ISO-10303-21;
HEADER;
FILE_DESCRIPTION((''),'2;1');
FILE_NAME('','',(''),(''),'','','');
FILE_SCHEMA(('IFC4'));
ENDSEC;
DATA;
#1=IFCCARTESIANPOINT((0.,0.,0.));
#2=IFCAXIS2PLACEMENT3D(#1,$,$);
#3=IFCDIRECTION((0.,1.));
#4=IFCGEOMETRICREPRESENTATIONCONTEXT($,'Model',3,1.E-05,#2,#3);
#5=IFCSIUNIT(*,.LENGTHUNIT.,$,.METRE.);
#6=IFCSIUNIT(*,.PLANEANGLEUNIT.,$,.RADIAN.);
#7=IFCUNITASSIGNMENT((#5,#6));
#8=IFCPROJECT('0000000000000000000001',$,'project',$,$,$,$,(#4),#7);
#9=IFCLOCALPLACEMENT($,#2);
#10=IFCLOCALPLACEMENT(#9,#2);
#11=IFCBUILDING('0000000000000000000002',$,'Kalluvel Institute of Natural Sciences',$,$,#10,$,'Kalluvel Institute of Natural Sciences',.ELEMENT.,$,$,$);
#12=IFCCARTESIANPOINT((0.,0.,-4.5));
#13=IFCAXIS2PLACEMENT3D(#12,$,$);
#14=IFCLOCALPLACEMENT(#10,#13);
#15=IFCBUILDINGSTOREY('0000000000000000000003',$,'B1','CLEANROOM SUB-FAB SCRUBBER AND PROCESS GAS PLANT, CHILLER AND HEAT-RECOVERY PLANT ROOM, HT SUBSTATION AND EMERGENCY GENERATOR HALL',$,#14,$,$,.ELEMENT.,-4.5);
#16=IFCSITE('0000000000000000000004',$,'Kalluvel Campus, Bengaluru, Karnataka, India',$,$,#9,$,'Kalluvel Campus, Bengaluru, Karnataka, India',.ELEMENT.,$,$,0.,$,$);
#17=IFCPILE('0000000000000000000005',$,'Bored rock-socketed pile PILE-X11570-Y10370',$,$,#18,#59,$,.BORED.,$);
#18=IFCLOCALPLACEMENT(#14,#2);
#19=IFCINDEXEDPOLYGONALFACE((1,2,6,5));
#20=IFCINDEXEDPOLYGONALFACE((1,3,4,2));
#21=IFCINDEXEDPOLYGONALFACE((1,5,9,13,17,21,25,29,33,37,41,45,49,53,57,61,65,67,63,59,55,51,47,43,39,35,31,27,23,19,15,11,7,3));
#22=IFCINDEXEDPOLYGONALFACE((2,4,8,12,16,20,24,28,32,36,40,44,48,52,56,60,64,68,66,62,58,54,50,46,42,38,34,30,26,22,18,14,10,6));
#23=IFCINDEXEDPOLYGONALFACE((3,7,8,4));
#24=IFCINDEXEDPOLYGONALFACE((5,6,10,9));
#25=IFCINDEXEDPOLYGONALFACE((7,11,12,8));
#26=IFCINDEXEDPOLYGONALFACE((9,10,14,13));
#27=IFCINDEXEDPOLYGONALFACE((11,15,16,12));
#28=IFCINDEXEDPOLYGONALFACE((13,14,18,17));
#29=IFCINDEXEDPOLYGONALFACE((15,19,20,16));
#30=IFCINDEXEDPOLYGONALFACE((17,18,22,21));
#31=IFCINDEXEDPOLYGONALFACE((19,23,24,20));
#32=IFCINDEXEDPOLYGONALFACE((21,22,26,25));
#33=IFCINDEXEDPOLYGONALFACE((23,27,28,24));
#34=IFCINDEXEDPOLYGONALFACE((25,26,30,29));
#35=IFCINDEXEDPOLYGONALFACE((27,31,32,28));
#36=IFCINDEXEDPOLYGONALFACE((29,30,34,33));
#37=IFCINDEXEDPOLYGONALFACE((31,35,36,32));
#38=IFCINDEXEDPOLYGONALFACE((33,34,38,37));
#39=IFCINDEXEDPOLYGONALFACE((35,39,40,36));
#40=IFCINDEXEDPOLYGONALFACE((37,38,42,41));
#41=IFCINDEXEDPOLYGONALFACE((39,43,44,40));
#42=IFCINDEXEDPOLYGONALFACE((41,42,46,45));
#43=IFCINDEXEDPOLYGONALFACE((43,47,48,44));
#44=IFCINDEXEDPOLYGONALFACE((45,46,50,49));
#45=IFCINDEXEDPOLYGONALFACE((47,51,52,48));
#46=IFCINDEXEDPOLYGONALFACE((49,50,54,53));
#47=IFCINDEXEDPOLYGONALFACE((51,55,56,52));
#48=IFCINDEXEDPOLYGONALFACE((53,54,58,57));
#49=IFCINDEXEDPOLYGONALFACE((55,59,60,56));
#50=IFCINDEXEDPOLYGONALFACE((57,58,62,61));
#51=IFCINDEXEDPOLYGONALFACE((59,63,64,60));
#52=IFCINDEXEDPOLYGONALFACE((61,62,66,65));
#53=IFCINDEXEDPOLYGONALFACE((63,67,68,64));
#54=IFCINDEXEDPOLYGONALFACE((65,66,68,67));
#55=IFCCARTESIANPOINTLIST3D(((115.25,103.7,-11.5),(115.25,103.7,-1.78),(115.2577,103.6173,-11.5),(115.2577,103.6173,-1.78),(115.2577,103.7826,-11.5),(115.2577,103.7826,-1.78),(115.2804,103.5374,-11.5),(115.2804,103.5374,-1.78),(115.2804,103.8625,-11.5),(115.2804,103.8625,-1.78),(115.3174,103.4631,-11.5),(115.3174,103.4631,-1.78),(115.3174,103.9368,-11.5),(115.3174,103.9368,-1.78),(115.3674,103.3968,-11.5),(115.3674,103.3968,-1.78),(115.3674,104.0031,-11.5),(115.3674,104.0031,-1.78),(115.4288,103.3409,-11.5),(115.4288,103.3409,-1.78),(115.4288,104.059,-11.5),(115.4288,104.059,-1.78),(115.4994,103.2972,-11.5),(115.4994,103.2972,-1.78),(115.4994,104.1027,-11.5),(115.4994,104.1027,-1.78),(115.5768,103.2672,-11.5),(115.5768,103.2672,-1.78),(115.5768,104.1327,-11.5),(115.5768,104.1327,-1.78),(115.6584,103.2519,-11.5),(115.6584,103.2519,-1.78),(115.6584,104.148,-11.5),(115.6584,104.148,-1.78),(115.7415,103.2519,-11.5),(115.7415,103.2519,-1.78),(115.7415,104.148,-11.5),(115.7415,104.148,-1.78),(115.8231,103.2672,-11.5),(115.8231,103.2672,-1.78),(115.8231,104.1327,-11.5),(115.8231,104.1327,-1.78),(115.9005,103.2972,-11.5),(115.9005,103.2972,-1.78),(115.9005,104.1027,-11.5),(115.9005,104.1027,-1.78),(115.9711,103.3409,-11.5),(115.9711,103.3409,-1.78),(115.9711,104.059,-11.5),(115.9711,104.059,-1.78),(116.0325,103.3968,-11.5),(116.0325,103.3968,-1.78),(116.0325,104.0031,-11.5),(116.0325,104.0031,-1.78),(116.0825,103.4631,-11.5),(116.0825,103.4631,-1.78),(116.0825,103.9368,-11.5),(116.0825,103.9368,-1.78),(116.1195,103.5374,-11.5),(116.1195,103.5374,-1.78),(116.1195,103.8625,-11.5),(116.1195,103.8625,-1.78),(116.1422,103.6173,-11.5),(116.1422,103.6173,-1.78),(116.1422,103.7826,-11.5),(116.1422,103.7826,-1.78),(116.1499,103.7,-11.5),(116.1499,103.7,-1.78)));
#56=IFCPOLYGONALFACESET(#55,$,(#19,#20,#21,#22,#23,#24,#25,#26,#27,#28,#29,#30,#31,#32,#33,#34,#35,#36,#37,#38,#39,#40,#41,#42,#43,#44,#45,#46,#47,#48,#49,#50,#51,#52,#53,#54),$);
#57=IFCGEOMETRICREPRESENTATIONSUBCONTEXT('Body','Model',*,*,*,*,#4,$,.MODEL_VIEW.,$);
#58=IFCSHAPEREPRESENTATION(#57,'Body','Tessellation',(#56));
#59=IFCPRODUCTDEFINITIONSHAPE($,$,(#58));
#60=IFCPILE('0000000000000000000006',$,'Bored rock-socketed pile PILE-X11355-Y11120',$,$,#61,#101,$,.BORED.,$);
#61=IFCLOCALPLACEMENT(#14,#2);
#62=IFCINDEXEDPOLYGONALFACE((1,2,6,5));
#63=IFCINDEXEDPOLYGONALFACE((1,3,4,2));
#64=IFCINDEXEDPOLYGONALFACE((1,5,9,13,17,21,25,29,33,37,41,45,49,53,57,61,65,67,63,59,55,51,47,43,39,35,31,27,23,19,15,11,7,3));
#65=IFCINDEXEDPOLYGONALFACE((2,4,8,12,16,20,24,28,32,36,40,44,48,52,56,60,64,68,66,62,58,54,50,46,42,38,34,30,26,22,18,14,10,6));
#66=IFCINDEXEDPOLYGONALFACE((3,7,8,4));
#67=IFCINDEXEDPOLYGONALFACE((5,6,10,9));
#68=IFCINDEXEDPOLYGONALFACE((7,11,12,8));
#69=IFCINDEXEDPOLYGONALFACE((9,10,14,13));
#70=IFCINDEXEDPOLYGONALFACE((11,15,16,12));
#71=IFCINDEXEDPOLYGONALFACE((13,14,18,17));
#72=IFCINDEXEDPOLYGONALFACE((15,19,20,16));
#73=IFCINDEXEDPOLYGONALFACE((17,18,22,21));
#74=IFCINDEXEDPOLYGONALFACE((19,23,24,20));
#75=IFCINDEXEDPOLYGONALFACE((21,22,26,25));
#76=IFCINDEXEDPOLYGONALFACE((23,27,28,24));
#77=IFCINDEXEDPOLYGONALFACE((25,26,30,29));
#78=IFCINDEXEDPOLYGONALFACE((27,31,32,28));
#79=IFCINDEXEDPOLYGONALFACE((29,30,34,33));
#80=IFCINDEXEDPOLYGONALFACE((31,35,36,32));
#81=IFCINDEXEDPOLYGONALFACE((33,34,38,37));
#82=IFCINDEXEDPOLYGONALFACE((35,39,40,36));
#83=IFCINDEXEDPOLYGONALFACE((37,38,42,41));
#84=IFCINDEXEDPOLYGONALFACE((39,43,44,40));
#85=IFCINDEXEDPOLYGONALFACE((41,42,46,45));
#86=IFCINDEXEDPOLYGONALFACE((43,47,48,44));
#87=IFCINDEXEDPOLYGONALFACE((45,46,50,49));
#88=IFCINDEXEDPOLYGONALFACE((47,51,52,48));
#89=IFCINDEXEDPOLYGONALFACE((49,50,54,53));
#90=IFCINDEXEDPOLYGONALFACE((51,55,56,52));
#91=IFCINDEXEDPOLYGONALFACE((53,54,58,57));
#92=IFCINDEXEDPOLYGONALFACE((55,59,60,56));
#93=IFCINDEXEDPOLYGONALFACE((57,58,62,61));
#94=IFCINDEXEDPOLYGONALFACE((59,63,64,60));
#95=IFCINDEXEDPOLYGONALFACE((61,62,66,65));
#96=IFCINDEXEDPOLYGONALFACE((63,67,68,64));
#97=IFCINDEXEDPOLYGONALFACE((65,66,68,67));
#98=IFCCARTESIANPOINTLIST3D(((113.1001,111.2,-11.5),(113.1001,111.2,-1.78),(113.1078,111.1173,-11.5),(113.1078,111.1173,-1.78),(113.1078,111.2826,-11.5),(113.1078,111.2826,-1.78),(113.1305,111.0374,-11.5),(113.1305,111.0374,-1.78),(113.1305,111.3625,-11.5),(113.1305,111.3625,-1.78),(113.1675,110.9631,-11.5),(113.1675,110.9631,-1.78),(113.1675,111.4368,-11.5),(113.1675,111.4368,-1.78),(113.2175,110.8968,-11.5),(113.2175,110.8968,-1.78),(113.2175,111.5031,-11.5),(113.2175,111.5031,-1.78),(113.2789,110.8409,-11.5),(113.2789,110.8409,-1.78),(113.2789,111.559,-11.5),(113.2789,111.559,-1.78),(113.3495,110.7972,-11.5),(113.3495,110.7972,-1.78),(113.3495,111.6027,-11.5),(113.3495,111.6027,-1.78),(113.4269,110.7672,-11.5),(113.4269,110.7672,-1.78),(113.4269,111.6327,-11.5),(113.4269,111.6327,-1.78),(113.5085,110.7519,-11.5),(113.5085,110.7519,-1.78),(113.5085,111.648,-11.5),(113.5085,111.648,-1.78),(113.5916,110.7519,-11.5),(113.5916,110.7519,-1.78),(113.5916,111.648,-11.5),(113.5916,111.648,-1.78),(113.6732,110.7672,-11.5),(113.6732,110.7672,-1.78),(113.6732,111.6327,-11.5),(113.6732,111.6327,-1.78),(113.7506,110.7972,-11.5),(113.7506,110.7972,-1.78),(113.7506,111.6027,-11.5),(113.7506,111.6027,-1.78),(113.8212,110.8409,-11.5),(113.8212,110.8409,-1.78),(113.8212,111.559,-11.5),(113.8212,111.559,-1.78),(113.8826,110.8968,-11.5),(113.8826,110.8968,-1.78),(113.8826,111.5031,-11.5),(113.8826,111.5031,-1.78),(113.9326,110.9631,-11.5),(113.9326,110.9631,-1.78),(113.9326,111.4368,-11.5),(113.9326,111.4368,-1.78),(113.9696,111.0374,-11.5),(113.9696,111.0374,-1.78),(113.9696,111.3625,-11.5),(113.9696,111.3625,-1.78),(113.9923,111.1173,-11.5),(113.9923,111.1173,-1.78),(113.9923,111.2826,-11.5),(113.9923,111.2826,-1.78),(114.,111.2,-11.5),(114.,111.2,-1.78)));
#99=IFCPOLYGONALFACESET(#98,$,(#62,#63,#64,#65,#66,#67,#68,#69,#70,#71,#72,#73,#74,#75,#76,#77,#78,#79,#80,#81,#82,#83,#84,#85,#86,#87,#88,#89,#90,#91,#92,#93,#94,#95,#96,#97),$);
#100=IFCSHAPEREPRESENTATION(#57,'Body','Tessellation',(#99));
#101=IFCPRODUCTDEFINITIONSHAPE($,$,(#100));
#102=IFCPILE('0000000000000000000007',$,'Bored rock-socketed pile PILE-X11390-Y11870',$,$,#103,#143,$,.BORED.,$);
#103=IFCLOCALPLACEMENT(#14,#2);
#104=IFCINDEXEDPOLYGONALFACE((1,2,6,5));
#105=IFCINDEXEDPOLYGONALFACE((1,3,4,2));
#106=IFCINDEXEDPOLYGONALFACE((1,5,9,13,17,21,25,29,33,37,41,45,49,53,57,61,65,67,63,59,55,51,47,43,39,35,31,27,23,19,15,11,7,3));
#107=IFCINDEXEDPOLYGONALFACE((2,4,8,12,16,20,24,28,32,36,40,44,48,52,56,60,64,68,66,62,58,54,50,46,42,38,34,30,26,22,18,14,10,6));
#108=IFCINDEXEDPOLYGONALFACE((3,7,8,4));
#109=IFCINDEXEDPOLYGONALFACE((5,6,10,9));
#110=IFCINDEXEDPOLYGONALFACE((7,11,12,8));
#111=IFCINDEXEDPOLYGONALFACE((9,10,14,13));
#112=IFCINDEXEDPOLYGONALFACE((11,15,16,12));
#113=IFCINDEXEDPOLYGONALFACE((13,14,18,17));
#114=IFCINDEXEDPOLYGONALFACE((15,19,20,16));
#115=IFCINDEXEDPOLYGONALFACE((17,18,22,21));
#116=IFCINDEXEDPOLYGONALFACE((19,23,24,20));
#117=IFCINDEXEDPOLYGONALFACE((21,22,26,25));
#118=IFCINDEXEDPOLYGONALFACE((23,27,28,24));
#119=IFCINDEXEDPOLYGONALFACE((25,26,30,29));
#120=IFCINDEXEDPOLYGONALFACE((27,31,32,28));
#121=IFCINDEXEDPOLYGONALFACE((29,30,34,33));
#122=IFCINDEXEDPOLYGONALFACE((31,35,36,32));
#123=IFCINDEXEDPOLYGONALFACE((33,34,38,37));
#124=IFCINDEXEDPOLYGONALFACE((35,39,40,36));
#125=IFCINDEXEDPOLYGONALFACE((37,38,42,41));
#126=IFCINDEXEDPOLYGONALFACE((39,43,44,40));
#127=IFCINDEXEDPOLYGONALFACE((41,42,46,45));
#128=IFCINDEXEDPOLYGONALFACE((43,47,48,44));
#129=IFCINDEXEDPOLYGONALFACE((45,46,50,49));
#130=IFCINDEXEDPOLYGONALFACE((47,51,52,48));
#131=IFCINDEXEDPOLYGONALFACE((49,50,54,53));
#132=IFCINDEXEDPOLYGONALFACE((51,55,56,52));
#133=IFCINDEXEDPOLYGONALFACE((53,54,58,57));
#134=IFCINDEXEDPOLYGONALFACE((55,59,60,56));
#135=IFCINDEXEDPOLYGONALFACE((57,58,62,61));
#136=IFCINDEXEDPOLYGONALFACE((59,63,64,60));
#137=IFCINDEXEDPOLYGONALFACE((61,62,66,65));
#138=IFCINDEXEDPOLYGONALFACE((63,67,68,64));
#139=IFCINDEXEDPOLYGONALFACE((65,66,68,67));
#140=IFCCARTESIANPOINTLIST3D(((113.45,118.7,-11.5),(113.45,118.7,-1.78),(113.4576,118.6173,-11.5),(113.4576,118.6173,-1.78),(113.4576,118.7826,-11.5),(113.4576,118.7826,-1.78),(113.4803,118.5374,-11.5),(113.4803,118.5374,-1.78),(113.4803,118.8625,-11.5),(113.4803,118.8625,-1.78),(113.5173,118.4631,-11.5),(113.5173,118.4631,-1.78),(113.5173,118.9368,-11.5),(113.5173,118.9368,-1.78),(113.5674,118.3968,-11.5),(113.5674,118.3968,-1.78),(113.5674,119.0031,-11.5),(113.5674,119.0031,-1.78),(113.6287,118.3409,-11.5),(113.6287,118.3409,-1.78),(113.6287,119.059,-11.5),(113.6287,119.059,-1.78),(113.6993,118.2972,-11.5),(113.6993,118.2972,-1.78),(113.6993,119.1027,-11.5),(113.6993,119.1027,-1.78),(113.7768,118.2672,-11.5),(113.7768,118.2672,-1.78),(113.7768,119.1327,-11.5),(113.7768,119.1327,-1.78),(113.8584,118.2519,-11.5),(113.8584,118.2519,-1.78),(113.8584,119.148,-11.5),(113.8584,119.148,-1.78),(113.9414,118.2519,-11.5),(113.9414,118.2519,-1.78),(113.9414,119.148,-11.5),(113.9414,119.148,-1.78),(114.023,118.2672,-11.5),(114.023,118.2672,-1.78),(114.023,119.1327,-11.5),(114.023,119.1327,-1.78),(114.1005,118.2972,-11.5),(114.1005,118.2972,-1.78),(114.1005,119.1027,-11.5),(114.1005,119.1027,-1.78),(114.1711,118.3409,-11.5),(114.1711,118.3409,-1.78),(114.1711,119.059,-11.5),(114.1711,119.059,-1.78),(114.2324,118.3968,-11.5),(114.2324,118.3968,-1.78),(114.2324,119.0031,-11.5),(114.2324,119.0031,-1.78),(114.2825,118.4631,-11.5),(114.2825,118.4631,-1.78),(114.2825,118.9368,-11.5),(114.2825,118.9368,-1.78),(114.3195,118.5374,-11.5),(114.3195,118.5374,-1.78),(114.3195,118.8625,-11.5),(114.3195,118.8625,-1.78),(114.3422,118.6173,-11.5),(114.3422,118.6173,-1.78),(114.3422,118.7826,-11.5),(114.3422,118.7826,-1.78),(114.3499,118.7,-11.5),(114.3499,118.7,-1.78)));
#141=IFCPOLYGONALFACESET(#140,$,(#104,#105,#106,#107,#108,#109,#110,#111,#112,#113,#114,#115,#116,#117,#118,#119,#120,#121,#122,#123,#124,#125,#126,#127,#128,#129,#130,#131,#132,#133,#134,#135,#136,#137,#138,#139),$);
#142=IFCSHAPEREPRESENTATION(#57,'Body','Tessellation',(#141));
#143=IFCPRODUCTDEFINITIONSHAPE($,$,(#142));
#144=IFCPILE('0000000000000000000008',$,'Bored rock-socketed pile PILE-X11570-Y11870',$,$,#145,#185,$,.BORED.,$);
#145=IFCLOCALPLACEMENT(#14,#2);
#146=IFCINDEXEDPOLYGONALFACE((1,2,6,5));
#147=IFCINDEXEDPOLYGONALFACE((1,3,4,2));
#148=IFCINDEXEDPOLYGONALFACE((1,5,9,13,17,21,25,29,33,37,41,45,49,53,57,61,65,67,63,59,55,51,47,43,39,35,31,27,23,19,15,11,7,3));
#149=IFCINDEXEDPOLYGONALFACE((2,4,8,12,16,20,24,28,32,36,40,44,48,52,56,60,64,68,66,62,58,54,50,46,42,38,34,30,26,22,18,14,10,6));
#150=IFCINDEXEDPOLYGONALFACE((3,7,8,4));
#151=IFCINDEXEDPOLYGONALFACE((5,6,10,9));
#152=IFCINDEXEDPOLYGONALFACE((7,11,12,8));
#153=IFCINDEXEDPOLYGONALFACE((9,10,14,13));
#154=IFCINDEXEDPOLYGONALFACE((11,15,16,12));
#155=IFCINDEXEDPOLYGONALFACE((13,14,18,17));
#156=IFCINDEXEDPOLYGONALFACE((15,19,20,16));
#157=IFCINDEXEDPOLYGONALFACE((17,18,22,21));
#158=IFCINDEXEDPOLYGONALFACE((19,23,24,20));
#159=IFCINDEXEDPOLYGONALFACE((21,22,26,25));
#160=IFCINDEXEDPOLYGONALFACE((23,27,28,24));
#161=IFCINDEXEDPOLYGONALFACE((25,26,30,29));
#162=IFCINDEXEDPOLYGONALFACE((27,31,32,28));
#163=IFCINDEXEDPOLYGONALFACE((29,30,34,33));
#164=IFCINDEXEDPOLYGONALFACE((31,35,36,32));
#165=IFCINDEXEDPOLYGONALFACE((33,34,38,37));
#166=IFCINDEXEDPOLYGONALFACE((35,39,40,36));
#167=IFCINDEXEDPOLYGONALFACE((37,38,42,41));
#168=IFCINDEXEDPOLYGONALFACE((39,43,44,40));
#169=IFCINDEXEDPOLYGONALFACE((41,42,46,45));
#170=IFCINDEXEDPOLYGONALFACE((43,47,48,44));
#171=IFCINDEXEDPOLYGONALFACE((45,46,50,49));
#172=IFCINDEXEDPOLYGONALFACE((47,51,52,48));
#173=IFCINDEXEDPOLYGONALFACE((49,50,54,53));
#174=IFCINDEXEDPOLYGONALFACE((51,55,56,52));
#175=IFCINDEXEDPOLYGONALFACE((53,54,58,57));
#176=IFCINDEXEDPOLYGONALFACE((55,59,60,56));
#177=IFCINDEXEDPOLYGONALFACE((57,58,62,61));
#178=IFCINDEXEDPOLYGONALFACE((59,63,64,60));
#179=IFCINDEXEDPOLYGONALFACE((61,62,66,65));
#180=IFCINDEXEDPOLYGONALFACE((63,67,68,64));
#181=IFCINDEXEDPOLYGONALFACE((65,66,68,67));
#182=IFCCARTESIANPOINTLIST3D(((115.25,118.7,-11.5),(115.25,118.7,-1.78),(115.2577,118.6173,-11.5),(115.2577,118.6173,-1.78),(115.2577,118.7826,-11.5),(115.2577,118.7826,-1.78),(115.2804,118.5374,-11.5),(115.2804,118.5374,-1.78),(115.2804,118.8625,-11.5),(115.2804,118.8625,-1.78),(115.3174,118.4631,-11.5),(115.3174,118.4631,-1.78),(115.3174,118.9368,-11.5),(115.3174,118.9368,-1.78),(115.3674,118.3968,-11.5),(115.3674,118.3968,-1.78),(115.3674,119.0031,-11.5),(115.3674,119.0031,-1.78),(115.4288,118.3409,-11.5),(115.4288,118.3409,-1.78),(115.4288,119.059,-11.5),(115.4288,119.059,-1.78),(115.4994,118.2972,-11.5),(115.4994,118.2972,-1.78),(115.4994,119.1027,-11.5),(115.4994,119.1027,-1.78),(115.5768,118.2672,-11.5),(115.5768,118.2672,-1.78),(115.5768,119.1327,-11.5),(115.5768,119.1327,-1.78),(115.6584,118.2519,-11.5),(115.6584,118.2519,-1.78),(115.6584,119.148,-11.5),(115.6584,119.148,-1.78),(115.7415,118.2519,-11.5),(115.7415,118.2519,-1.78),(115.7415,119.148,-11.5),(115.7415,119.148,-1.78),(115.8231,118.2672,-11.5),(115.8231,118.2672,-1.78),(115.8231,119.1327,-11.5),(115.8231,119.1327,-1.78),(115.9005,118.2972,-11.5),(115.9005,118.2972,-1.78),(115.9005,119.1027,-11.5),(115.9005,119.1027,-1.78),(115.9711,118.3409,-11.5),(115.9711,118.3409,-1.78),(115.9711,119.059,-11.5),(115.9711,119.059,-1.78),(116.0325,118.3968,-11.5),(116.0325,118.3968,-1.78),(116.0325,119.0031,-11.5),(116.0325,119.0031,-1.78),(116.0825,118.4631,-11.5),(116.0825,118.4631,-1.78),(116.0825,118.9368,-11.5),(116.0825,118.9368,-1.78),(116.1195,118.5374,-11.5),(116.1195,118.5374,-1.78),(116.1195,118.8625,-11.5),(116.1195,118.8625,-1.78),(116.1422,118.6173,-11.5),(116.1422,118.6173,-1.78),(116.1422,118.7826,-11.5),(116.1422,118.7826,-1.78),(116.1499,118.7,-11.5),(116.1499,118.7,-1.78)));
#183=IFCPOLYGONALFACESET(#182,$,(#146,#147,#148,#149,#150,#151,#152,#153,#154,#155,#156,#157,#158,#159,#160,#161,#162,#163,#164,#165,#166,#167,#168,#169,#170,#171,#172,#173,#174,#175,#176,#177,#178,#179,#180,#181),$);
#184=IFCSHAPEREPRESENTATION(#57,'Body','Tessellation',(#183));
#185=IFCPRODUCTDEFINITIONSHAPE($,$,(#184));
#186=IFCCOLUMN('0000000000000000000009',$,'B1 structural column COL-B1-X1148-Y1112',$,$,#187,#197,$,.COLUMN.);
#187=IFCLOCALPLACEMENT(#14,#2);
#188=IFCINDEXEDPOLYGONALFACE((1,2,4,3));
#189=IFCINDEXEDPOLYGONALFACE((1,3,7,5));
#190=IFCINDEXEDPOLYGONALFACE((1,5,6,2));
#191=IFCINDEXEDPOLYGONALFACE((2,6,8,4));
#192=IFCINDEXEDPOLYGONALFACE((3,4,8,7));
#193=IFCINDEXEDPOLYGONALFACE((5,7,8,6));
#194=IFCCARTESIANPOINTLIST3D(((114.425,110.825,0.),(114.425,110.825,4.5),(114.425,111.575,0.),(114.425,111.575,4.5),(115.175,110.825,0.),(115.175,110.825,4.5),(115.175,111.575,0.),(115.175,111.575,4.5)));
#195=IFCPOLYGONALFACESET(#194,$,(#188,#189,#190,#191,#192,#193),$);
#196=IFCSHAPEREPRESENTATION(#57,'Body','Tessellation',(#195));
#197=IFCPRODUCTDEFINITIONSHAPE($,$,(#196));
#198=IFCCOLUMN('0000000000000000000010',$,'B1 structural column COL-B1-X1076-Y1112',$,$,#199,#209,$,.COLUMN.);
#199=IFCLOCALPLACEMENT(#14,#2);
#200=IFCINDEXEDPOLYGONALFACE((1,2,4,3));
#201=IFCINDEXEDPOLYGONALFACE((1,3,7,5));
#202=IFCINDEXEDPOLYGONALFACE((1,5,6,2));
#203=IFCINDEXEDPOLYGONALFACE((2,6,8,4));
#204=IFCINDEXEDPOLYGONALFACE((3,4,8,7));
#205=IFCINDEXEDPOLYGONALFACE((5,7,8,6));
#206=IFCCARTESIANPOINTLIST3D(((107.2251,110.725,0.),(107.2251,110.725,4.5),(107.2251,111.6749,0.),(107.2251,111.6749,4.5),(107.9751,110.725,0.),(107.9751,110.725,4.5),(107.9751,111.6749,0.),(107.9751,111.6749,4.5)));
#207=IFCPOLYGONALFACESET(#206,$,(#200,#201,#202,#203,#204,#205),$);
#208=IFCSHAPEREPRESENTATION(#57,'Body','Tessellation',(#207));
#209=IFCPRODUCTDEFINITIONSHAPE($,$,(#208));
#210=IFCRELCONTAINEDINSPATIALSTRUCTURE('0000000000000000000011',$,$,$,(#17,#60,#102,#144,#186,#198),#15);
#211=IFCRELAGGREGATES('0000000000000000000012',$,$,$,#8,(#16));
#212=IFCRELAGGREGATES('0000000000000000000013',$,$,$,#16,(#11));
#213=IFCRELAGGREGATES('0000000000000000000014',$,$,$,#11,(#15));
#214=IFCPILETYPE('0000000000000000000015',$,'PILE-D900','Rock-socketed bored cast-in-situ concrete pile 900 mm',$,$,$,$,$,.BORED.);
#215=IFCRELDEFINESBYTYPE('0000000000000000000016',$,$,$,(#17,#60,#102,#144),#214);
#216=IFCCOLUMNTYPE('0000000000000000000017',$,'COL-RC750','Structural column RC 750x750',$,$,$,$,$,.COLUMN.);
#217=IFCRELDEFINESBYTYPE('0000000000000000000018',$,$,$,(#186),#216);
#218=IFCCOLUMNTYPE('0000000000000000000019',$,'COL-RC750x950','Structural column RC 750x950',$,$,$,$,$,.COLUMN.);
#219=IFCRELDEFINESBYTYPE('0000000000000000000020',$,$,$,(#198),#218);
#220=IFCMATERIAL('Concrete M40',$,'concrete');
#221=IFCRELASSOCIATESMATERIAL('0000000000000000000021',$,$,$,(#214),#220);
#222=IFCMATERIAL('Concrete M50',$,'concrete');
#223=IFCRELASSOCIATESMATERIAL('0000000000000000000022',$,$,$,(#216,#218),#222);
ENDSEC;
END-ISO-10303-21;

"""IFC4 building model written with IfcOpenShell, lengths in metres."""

from ifc_helpers import new_model, si_unit, direction, frame, origin, origin_2d, place, context, subcontext, project, spatial, rectangle, circle, extrude, material, material_profile, profile_set, type_object, element, save


model = new_model("IFC4")

# Units and contexts
model_context = context("Model", 3, precision=1e-05, world=origin(), true_north=direction((0.0, 1.0)))
body_context = subcontext(model_context, "Body", "Model", "MODEL_VIEW")
ifc_project = project(units=[si_unit("LENGTHUNIT", "METRE"), si_unit("PLANEANGLEUNIT", "RADIAN")], contexts=[model_context])

# Site, building, storey
site_placement = place(None, origin())
site = spatial("IfcSite", under=ifc_project, at=site_placement, Name="Kalluvel Campus, Bengaluru, Karnataka, India", LongName="Kalluvel Campus, Bengaluru, Karnataka, India", CompositionType="ELEMENT", RefElevation=0.0)
building_placement = place(site_placement, origin())
building = spatial("IfcBuilding", under=site, at=building_placement, Name="Kalluvel Institute of Natural Sciences", LongName="Kalluvel Institute of Natural Sciences", CompositionType="ELEMENT")
storey_placement = place(building_placement, frame((0.0, 0.0, -4.5)))
storey = spatial("IfcBuildingStorey", under=building, at=storey_placement, Name="B1", Description="CLEANROOM SUB-FAB SCRUBBER AND PROCESS GAS PLANT, CHILLER AND HEAT-RECOVERY PLANT ROOM, HT SUBSTATION AND EMERGENCY GENERATOR HALL", CompositionType="ELEMENT", Elevation=-4.5)

# Shared definitions
ifc_material_1 = material(Name="Concrete M40", Category="concrete")

# Piles
ifc_material_profile_1 = material_profile(ifc_material_1, circle(Radius=0.45, at=origin_2d()), Name="PILE D900")
ifc_profile_set_1 = profile_set([ifc_material_profile_1], Name="Concrete M40")
pile_type_1 = type_object("IfcPileType", Name="PILE-D900", Description="Rock-socketed bored cast-in-situ concrete pile 900 mm", PredefinedType="BORED", material=ifc_profile_set_1)
for number, where, z_axis, x_axis, name in (
    (1, (115.7, 103.7, -1.78), (0.0, 0.0, -1.0), (1.0, 0.0, 0.0), "Bored rock-socketed pile PILE-X11570-Y10370"),
    (2, (113.55, 111.2, -1.78), (0.0, 0.0, -1.0), (1.0, 0.0, 0.0), "Bored rock-socketed pile PILE-X11355-Y11120"),
    (3, (113.8999, 118.7, -1.78), (0.0, 0.0, -1.0), (1.0, 0.0, 0.0), "Bored rock-socketed pile PILE-X11390-Y11870"),
    (4, (115.7, 118.7, -1.78), (0.0, 0.0, -1.0), (1.0, 0.0, 0.0), "Bored rock-socketed pile PILE-X11570-Y11870"),
):
    element("IfcPile", number, at=place(storey_placement, frame(where, z_axis=z_axis, x_axis=x_axis)), inside=storey, type_object=pile_type_1, Name=name, PredefinedType="BORED", context=body_context, shape_type="SweptSolid", body=[
        extrude(circle(Radius=0.45, at=origin_2d()), origin(), (0.0, 0.0, 1.0), 9.72),
    ])

# Columns
ifc_material_2 = material(Name="Concrete M50", Category="concrete")
ifc_material_profile_2 = material_profile(ifc_material_2, rectangle(XDim=0.75, YDim=0.75, at=origin_2d()), Name="RC 750x750")
ifc_profile_set_2 = profile_set([ifc_material_profile_2], Name="Concrete M50")
column_type_1 = type_object("IfcColumnType", Name="COL-RC750", Description="Structural column RC 750x750", PredefinedType="COLUMN", material=ifc_profile_set_2)
column_1_placement = place(storey_placement, frame((114.8, 111.2, 0.0), z_axis=(0.0, 0.0, 1.0), x_axis=(1.0, 0.0, 0.0)))
element("IfcColumn", 5, at=column_1_placement, inside=storey, type_object=column_type_1, Name="B1 structural column COL-B1-X1148-Y1112", PredefinedType="COLUMN", context=body_context, shape_type="SweptSolid", body=[
    extrude(rectangle(XDim=0.75, YDim=0.75, at=origin_2d()), origin(), (0.0, 0.0, 1.0), 4.5),
])
ifc_material_profile_3 = material_profile(ifc_material_2, rectangle(XDim=0.75, YDim=0.95, at=origin_2d()), Name="RC 750x950")
ifc_profile_set_3 = profile_set([ifc_material_profile_3], Name="Concrete M50")
column_type_2 = type_object("IfcColumnType", Name="COL-RC750x950", Description="Structural column RC 750x950", PredefinedType="COLUMN", material=ifc_profile_set_3)
column_2_placement = place(storey_placement, frame((107.6001, 111.2, 0.0), z_axis=(0.0, 0.0, 1.0), x_axis=(1.0, 0.0, 0.0)))
element("IfcColumn", 6, at=column_2_placement, inside=storey, type_object=column_type_2, Name="B1 structural column COL-B1-X1076-Y1112", PredefinedType="COLUMN", context=body_context, shape_type="SweptSolid", body=[
    extrude(rectangle(XDim=0.75, YDim=0.95, at=origin_2d()), origin(), (0.0, 0.0, 1.0), 4.5),
])

save(model, "model.ifc")
